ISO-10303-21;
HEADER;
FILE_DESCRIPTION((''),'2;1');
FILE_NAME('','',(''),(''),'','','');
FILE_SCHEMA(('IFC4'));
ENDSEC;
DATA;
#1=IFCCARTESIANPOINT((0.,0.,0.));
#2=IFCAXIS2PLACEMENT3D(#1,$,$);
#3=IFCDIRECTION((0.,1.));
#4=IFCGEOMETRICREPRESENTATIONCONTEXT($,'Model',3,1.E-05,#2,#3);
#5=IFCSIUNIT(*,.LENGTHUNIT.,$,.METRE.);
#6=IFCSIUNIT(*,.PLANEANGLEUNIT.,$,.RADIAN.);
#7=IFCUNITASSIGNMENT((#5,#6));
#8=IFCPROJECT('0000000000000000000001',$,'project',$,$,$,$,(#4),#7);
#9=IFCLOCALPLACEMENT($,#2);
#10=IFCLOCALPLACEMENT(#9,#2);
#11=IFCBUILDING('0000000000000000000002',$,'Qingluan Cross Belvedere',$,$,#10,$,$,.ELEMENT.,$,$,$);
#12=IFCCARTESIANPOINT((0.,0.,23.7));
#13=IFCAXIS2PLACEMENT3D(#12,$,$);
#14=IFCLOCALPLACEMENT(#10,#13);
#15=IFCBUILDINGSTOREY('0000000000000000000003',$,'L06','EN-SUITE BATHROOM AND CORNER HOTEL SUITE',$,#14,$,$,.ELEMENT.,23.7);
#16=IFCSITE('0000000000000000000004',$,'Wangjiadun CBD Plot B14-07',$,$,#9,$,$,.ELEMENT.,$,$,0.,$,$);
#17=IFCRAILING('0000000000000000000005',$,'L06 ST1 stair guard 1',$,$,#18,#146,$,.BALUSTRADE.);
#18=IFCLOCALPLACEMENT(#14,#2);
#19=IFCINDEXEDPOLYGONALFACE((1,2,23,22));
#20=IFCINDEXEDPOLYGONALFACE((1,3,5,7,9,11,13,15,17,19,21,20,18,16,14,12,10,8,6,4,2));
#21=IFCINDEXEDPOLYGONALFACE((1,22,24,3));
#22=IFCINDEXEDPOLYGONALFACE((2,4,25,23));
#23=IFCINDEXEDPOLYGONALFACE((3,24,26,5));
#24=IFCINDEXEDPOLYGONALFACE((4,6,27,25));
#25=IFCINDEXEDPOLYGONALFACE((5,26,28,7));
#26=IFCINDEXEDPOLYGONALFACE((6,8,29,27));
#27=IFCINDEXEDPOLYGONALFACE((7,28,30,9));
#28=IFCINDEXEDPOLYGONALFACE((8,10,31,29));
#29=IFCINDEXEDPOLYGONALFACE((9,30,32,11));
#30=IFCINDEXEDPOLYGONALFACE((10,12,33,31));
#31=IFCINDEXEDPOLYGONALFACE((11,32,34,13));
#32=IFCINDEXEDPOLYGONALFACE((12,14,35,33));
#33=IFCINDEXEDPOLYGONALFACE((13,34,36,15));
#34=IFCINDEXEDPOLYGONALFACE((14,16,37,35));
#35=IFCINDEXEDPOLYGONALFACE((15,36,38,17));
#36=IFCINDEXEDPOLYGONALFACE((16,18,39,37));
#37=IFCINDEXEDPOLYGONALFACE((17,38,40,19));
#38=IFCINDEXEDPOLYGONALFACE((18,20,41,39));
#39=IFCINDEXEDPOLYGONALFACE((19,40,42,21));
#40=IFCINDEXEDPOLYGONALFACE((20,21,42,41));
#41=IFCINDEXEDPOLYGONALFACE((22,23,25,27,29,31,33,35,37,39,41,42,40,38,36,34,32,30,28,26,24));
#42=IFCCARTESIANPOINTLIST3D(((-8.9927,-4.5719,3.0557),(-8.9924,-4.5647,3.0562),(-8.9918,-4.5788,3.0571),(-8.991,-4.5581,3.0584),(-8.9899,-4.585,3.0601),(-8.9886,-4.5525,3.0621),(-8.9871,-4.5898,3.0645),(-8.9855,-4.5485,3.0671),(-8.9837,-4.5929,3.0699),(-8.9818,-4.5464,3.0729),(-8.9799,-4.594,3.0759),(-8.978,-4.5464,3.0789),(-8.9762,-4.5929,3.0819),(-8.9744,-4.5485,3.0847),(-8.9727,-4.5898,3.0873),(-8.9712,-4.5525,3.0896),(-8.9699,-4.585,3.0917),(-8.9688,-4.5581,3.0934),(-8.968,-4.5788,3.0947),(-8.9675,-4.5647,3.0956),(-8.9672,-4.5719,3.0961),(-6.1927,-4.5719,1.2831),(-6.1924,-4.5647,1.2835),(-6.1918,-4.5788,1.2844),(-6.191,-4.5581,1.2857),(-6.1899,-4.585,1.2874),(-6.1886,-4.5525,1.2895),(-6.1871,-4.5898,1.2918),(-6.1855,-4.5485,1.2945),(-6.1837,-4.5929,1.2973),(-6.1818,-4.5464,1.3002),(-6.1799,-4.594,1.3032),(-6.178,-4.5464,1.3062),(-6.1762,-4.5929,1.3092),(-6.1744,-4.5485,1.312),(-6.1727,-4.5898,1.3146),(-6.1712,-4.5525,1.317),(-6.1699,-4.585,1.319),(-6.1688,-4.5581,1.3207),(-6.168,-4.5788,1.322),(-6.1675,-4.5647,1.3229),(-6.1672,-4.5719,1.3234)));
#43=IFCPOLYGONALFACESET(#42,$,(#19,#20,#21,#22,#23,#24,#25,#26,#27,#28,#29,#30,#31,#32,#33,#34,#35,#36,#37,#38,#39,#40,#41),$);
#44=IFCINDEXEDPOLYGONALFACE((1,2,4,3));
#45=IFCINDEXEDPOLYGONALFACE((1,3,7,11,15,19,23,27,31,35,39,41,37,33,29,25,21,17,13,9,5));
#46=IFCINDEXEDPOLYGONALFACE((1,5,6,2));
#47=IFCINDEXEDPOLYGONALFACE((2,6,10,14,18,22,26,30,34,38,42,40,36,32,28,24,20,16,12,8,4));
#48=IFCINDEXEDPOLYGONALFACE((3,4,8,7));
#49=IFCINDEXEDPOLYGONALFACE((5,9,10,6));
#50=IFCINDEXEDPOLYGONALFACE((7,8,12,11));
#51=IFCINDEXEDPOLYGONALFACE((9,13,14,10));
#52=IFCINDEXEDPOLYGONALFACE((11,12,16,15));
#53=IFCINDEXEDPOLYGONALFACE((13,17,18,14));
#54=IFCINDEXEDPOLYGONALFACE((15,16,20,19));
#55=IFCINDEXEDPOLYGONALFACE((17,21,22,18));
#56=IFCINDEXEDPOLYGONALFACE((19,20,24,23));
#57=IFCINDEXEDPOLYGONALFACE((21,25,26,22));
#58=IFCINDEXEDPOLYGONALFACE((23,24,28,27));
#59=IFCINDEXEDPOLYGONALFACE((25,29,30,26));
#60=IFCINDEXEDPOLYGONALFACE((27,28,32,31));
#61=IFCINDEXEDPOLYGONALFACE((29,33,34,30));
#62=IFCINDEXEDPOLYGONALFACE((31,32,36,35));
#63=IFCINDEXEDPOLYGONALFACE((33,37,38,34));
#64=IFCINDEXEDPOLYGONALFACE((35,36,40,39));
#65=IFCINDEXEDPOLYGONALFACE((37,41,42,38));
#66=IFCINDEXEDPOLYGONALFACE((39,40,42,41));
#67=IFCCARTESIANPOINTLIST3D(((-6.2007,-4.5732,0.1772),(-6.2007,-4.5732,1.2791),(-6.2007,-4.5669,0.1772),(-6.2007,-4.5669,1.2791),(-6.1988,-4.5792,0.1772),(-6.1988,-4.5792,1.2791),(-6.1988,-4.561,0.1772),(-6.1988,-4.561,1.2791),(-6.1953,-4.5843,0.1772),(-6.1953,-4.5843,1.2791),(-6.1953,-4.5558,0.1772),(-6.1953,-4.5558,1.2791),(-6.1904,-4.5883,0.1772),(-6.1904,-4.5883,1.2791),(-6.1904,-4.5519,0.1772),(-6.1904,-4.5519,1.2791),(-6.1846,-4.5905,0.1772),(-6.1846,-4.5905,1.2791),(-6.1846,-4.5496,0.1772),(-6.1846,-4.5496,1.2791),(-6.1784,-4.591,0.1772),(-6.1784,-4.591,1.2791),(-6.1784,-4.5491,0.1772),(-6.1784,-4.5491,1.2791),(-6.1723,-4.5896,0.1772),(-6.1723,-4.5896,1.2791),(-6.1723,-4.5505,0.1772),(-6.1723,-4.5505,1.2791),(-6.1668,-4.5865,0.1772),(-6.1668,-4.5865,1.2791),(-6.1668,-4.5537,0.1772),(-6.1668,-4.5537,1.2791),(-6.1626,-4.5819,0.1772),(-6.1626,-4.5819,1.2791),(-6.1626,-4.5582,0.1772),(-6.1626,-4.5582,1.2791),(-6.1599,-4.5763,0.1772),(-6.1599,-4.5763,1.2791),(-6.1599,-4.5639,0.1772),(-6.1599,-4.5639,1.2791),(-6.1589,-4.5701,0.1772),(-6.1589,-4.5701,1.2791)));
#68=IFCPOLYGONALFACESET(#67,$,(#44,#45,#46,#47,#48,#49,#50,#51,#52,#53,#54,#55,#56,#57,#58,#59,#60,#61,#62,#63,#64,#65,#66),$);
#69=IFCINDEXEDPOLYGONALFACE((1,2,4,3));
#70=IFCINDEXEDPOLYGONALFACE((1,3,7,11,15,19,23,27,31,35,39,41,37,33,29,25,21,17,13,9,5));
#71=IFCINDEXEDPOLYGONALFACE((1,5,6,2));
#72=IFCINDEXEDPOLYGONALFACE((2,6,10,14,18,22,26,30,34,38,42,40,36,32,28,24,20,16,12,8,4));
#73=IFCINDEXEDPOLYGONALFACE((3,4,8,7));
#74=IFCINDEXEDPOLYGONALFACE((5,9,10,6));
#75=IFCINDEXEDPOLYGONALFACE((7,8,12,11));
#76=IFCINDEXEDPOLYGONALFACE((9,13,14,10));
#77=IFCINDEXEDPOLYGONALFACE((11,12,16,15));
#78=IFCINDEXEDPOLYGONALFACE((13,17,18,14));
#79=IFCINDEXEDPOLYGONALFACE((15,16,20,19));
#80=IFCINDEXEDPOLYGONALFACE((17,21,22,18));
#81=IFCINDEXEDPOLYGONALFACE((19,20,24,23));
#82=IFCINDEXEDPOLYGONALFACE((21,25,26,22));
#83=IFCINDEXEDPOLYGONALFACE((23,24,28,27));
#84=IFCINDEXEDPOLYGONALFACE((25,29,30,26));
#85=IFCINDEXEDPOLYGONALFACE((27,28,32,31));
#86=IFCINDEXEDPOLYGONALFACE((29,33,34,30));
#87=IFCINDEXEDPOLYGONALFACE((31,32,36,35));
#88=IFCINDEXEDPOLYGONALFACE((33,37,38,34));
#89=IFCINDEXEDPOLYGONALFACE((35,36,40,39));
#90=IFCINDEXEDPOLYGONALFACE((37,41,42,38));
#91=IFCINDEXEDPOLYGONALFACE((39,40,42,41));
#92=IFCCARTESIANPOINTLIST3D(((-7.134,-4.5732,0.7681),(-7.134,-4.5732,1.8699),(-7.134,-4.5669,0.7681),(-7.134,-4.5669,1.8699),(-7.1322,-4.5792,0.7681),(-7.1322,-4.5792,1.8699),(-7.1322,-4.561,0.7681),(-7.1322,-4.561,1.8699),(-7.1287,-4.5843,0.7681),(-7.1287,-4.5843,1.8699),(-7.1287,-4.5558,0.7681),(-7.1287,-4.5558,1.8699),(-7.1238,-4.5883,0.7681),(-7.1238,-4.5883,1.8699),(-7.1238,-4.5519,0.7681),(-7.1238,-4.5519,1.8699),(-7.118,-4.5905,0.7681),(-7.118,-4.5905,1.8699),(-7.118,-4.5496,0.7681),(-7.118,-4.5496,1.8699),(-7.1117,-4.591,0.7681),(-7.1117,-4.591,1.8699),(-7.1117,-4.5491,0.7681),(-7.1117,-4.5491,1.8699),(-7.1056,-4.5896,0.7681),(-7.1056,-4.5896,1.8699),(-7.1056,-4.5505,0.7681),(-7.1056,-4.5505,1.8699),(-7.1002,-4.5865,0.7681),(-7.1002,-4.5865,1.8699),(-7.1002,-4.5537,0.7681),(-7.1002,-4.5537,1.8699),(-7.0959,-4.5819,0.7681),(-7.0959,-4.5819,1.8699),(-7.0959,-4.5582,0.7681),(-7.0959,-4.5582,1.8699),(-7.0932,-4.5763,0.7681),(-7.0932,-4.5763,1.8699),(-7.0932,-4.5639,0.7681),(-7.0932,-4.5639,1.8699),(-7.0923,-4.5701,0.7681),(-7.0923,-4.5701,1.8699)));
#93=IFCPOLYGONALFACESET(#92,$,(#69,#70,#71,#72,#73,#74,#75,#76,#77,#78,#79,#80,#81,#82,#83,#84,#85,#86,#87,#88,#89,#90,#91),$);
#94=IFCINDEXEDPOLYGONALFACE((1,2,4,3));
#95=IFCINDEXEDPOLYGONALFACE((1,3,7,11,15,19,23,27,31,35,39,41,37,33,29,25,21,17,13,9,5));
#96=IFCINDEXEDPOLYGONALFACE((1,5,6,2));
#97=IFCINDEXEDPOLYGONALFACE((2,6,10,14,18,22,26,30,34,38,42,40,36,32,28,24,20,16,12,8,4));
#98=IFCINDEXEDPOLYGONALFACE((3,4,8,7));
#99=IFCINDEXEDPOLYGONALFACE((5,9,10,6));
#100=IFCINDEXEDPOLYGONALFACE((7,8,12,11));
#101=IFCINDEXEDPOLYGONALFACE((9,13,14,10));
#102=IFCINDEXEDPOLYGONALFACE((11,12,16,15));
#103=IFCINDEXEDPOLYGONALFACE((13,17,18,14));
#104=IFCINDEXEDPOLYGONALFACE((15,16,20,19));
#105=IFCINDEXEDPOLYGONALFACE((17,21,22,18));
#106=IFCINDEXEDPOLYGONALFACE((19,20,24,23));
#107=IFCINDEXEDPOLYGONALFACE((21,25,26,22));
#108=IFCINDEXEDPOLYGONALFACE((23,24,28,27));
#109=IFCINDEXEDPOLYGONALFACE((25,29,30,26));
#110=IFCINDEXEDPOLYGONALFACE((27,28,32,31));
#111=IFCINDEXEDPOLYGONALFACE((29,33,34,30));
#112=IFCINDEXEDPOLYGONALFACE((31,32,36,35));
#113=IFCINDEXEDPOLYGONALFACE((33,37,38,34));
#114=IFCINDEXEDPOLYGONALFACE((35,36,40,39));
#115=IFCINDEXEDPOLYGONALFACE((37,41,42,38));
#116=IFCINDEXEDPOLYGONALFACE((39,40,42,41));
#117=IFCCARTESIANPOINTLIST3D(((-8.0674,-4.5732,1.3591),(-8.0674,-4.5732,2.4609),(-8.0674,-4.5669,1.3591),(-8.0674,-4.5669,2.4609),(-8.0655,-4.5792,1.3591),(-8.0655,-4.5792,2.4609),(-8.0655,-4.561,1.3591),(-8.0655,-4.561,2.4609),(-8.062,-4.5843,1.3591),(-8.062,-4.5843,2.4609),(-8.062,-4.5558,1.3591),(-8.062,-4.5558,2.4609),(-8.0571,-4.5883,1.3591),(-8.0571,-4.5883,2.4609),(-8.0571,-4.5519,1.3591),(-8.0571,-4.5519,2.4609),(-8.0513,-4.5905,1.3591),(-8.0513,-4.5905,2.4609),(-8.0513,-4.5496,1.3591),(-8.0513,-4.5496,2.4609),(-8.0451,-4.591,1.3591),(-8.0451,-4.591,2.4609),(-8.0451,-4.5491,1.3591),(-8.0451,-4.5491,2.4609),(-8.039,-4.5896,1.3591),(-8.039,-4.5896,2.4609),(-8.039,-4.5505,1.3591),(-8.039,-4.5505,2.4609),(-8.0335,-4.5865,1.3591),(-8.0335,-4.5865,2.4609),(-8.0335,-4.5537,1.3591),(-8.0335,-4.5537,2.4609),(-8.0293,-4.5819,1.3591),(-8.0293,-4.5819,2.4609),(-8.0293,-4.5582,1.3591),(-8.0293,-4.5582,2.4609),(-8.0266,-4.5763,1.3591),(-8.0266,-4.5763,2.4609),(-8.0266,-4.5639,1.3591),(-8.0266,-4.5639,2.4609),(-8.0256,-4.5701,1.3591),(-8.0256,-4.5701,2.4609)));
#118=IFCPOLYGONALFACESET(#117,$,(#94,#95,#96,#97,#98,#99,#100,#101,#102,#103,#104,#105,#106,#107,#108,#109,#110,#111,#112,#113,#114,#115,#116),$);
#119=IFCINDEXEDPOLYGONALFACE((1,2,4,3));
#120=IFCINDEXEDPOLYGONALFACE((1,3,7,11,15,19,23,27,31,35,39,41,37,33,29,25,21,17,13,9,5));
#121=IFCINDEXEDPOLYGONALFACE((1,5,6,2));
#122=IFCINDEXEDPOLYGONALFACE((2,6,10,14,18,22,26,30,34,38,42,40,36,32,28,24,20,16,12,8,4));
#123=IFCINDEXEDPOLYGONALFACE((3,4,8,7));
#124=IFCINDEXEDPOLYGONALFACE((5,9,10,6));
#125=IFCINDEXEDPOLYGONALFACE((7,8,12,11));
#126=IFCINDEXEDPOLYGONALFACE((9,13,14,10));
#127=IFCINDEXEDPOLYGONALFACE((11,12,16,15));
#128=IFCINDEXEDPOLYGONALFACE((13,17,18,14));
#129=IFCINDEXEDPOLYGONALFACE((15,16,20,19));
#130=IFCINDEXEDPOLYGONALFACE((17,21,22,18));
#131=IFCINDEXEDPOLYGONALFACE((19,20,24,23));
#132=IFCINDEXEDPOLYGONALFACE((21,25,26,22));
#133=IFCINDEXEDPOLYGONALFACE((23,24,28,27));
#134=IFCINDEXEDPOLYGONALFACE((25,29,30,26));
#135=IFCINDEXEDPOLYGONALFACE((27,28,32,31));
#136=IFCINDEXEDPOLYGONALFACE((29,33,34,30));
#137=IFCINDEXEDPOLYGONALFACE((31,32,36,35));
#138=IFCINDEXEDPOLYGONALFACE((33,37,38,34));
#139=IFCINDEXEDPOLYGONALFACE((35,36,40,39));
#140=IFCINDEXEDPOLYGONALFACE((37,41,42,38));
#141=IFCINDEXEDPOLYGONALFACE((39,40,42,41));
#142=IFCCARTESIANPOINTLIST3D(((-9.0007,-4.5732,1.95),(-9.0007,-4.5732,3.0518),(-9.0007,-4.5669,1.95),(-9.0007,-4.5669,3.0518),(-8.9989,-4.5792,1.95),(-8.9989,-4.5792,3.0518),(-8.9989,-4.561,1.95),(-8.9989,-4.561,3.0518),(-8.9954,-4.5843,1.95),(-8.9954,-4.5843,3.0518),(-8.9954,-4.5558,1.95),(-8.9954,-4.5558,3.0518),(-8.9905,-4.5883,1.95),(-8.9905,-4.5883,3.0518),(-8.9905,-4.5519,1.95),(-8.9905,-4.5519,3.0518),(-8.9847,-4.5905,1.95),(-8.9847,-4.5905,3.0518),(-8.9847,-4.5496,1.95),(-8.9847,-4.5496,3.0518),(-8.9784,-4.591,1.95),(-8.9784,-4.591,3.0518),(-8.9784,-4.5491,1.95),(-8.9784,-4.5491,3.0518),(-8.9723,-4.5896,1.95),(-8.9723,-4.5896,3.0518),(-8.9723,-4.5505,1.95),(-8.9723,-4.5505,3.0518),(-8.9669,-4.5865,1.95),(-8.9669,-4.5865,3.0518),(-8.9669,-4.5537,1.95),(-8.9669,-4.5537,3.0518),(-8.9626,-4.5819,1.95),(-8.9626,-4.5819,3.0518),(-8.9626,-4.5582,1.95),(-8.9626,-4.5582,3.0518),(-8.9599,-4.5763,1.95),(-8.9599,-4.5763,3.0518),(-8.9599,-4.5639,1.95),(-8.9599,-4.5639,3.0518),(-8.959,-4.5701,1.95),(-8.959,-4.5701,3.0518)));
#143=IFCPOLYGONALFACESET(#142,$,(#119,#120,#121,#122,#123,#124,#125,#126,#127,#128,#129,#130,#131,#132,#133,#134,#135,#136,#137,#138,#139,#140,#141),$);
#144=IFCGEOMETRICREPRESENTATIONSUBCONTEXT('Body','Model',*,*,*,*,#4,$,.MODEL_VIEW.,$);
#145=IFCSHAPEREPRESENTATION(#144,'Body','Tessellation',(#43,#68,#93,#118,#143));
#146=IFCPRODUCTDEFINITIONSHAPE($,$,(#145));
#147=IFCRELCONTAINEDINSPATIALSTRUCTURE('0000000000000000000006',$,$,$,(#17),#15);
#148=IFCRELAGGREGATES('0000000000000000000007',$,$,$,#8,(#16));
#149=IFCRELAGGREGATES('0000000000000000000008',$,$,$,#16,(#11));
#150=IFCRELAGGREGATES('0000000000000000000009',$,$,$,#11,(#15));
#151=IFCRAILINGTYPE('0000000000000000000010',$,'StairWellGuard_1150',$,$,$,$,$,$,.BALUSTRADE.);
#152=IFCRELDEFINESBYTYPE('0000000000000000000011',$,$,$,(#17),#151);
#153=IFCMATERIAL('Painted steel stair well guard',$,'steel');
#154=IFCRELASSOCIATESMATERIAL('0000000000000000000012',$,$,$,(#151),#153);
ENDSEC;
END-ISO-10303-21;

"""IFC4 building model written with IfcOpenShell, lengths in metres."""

from ifc_helpers import new_model, si_unit, direction, frame, origin, origin_2d, place, context, subcontext, project, spatial, circle, extrude, material, type_object, element, save


model = new_model("IFC4")

# Units and contexts
model_context = context("Model", 3, precision=1e-05, world=origin(), true_north=direction((0.0, 1.0)))
body_context = subcontext(model_context, "Body", "Model", "MODEL_VIEW")
ifc_project = project(units=[si_unit("LENGTHUNIT", "METRE"), si_unit("PLANEANGLEUNIT", "RADIAN")], contexts=[model_context])

# Site, building, storey
site_placement = place(None, origin())
site = spatial("IfcSite", under=ifc_project, at=site_placement, Name="Wangjiadun CBD Plot B14-07", CompositionType="ELEMENT", RefElevation=0.0)
building_placement = place(site_placement, origin())
building = spatial("IfcBuilding", under=site, at=building_placement, Name="Qingluan Cross Belvedere", CompositionType="ELEMENT")
storey_placement = place(building_placement, frame((0.0, 0.0, 23.7)))
storey = spatial("IfcBuildingStorey", under=building, at=storey_placement, Name="L06", Description="EN-SUITE BATHROOM AND CORNER HOTEL SUITE", CompositionType="ELEMENT", Elevation=23.7)

# Railing
ifc_material_1 = material(Name="Painted steel stair well guard", Category="steel")
railing_type_1 = type_object("IfcRailingType", Name="StairWellGuard_1150", PredefinedType="BALUSTRADE", material=ifc_material_1)
railing_1_placement = place(storey_placement, frame((-6.1799, -4.5701, 0.1772)))
element("IfcRailing", 1, at=railing_1_placement, inside=storey, type_object=railing_type_1, Name="L06 ST1 stair guard 1", PredefinedType="BALUSTRADE", context=body_context, shape_type="SweptSolid", body=[
    extrude(circle(Radius=0.0239, at=origin_2d()), frame((0.0, 0.0, 1.126), z_axis=(-0.844909, 0.0, 0.53491), x_axis=(0.0, -1.0, 0.0)), (0.0, 0.0, 1.0), 3.314),
    extrude(circle(Radius=0.021, at=origin_2d()), origin(), (0.0, 0.0, 1.0), 1.1018),
    extrude(circle(Radius=0.021, at=origin_2d()), frame((-0.9333, 0.0, 0.5908)), (0.0, 0.0, 1.0), 1.1018),
    extrude(circle(Radius=0.021, at=origin_2d()), frame((-1.8667, 0.0, 1.1819)), (0.0, 0.0, 1.0), 1.1018),
    extrude(circle(Radius=0.021, at=origin_2d()), frame((-2.8, 0.0, 1.7727)), (0.0, 0.0, 1.0), 1.1018),
])

save(model, "model.ifc")
